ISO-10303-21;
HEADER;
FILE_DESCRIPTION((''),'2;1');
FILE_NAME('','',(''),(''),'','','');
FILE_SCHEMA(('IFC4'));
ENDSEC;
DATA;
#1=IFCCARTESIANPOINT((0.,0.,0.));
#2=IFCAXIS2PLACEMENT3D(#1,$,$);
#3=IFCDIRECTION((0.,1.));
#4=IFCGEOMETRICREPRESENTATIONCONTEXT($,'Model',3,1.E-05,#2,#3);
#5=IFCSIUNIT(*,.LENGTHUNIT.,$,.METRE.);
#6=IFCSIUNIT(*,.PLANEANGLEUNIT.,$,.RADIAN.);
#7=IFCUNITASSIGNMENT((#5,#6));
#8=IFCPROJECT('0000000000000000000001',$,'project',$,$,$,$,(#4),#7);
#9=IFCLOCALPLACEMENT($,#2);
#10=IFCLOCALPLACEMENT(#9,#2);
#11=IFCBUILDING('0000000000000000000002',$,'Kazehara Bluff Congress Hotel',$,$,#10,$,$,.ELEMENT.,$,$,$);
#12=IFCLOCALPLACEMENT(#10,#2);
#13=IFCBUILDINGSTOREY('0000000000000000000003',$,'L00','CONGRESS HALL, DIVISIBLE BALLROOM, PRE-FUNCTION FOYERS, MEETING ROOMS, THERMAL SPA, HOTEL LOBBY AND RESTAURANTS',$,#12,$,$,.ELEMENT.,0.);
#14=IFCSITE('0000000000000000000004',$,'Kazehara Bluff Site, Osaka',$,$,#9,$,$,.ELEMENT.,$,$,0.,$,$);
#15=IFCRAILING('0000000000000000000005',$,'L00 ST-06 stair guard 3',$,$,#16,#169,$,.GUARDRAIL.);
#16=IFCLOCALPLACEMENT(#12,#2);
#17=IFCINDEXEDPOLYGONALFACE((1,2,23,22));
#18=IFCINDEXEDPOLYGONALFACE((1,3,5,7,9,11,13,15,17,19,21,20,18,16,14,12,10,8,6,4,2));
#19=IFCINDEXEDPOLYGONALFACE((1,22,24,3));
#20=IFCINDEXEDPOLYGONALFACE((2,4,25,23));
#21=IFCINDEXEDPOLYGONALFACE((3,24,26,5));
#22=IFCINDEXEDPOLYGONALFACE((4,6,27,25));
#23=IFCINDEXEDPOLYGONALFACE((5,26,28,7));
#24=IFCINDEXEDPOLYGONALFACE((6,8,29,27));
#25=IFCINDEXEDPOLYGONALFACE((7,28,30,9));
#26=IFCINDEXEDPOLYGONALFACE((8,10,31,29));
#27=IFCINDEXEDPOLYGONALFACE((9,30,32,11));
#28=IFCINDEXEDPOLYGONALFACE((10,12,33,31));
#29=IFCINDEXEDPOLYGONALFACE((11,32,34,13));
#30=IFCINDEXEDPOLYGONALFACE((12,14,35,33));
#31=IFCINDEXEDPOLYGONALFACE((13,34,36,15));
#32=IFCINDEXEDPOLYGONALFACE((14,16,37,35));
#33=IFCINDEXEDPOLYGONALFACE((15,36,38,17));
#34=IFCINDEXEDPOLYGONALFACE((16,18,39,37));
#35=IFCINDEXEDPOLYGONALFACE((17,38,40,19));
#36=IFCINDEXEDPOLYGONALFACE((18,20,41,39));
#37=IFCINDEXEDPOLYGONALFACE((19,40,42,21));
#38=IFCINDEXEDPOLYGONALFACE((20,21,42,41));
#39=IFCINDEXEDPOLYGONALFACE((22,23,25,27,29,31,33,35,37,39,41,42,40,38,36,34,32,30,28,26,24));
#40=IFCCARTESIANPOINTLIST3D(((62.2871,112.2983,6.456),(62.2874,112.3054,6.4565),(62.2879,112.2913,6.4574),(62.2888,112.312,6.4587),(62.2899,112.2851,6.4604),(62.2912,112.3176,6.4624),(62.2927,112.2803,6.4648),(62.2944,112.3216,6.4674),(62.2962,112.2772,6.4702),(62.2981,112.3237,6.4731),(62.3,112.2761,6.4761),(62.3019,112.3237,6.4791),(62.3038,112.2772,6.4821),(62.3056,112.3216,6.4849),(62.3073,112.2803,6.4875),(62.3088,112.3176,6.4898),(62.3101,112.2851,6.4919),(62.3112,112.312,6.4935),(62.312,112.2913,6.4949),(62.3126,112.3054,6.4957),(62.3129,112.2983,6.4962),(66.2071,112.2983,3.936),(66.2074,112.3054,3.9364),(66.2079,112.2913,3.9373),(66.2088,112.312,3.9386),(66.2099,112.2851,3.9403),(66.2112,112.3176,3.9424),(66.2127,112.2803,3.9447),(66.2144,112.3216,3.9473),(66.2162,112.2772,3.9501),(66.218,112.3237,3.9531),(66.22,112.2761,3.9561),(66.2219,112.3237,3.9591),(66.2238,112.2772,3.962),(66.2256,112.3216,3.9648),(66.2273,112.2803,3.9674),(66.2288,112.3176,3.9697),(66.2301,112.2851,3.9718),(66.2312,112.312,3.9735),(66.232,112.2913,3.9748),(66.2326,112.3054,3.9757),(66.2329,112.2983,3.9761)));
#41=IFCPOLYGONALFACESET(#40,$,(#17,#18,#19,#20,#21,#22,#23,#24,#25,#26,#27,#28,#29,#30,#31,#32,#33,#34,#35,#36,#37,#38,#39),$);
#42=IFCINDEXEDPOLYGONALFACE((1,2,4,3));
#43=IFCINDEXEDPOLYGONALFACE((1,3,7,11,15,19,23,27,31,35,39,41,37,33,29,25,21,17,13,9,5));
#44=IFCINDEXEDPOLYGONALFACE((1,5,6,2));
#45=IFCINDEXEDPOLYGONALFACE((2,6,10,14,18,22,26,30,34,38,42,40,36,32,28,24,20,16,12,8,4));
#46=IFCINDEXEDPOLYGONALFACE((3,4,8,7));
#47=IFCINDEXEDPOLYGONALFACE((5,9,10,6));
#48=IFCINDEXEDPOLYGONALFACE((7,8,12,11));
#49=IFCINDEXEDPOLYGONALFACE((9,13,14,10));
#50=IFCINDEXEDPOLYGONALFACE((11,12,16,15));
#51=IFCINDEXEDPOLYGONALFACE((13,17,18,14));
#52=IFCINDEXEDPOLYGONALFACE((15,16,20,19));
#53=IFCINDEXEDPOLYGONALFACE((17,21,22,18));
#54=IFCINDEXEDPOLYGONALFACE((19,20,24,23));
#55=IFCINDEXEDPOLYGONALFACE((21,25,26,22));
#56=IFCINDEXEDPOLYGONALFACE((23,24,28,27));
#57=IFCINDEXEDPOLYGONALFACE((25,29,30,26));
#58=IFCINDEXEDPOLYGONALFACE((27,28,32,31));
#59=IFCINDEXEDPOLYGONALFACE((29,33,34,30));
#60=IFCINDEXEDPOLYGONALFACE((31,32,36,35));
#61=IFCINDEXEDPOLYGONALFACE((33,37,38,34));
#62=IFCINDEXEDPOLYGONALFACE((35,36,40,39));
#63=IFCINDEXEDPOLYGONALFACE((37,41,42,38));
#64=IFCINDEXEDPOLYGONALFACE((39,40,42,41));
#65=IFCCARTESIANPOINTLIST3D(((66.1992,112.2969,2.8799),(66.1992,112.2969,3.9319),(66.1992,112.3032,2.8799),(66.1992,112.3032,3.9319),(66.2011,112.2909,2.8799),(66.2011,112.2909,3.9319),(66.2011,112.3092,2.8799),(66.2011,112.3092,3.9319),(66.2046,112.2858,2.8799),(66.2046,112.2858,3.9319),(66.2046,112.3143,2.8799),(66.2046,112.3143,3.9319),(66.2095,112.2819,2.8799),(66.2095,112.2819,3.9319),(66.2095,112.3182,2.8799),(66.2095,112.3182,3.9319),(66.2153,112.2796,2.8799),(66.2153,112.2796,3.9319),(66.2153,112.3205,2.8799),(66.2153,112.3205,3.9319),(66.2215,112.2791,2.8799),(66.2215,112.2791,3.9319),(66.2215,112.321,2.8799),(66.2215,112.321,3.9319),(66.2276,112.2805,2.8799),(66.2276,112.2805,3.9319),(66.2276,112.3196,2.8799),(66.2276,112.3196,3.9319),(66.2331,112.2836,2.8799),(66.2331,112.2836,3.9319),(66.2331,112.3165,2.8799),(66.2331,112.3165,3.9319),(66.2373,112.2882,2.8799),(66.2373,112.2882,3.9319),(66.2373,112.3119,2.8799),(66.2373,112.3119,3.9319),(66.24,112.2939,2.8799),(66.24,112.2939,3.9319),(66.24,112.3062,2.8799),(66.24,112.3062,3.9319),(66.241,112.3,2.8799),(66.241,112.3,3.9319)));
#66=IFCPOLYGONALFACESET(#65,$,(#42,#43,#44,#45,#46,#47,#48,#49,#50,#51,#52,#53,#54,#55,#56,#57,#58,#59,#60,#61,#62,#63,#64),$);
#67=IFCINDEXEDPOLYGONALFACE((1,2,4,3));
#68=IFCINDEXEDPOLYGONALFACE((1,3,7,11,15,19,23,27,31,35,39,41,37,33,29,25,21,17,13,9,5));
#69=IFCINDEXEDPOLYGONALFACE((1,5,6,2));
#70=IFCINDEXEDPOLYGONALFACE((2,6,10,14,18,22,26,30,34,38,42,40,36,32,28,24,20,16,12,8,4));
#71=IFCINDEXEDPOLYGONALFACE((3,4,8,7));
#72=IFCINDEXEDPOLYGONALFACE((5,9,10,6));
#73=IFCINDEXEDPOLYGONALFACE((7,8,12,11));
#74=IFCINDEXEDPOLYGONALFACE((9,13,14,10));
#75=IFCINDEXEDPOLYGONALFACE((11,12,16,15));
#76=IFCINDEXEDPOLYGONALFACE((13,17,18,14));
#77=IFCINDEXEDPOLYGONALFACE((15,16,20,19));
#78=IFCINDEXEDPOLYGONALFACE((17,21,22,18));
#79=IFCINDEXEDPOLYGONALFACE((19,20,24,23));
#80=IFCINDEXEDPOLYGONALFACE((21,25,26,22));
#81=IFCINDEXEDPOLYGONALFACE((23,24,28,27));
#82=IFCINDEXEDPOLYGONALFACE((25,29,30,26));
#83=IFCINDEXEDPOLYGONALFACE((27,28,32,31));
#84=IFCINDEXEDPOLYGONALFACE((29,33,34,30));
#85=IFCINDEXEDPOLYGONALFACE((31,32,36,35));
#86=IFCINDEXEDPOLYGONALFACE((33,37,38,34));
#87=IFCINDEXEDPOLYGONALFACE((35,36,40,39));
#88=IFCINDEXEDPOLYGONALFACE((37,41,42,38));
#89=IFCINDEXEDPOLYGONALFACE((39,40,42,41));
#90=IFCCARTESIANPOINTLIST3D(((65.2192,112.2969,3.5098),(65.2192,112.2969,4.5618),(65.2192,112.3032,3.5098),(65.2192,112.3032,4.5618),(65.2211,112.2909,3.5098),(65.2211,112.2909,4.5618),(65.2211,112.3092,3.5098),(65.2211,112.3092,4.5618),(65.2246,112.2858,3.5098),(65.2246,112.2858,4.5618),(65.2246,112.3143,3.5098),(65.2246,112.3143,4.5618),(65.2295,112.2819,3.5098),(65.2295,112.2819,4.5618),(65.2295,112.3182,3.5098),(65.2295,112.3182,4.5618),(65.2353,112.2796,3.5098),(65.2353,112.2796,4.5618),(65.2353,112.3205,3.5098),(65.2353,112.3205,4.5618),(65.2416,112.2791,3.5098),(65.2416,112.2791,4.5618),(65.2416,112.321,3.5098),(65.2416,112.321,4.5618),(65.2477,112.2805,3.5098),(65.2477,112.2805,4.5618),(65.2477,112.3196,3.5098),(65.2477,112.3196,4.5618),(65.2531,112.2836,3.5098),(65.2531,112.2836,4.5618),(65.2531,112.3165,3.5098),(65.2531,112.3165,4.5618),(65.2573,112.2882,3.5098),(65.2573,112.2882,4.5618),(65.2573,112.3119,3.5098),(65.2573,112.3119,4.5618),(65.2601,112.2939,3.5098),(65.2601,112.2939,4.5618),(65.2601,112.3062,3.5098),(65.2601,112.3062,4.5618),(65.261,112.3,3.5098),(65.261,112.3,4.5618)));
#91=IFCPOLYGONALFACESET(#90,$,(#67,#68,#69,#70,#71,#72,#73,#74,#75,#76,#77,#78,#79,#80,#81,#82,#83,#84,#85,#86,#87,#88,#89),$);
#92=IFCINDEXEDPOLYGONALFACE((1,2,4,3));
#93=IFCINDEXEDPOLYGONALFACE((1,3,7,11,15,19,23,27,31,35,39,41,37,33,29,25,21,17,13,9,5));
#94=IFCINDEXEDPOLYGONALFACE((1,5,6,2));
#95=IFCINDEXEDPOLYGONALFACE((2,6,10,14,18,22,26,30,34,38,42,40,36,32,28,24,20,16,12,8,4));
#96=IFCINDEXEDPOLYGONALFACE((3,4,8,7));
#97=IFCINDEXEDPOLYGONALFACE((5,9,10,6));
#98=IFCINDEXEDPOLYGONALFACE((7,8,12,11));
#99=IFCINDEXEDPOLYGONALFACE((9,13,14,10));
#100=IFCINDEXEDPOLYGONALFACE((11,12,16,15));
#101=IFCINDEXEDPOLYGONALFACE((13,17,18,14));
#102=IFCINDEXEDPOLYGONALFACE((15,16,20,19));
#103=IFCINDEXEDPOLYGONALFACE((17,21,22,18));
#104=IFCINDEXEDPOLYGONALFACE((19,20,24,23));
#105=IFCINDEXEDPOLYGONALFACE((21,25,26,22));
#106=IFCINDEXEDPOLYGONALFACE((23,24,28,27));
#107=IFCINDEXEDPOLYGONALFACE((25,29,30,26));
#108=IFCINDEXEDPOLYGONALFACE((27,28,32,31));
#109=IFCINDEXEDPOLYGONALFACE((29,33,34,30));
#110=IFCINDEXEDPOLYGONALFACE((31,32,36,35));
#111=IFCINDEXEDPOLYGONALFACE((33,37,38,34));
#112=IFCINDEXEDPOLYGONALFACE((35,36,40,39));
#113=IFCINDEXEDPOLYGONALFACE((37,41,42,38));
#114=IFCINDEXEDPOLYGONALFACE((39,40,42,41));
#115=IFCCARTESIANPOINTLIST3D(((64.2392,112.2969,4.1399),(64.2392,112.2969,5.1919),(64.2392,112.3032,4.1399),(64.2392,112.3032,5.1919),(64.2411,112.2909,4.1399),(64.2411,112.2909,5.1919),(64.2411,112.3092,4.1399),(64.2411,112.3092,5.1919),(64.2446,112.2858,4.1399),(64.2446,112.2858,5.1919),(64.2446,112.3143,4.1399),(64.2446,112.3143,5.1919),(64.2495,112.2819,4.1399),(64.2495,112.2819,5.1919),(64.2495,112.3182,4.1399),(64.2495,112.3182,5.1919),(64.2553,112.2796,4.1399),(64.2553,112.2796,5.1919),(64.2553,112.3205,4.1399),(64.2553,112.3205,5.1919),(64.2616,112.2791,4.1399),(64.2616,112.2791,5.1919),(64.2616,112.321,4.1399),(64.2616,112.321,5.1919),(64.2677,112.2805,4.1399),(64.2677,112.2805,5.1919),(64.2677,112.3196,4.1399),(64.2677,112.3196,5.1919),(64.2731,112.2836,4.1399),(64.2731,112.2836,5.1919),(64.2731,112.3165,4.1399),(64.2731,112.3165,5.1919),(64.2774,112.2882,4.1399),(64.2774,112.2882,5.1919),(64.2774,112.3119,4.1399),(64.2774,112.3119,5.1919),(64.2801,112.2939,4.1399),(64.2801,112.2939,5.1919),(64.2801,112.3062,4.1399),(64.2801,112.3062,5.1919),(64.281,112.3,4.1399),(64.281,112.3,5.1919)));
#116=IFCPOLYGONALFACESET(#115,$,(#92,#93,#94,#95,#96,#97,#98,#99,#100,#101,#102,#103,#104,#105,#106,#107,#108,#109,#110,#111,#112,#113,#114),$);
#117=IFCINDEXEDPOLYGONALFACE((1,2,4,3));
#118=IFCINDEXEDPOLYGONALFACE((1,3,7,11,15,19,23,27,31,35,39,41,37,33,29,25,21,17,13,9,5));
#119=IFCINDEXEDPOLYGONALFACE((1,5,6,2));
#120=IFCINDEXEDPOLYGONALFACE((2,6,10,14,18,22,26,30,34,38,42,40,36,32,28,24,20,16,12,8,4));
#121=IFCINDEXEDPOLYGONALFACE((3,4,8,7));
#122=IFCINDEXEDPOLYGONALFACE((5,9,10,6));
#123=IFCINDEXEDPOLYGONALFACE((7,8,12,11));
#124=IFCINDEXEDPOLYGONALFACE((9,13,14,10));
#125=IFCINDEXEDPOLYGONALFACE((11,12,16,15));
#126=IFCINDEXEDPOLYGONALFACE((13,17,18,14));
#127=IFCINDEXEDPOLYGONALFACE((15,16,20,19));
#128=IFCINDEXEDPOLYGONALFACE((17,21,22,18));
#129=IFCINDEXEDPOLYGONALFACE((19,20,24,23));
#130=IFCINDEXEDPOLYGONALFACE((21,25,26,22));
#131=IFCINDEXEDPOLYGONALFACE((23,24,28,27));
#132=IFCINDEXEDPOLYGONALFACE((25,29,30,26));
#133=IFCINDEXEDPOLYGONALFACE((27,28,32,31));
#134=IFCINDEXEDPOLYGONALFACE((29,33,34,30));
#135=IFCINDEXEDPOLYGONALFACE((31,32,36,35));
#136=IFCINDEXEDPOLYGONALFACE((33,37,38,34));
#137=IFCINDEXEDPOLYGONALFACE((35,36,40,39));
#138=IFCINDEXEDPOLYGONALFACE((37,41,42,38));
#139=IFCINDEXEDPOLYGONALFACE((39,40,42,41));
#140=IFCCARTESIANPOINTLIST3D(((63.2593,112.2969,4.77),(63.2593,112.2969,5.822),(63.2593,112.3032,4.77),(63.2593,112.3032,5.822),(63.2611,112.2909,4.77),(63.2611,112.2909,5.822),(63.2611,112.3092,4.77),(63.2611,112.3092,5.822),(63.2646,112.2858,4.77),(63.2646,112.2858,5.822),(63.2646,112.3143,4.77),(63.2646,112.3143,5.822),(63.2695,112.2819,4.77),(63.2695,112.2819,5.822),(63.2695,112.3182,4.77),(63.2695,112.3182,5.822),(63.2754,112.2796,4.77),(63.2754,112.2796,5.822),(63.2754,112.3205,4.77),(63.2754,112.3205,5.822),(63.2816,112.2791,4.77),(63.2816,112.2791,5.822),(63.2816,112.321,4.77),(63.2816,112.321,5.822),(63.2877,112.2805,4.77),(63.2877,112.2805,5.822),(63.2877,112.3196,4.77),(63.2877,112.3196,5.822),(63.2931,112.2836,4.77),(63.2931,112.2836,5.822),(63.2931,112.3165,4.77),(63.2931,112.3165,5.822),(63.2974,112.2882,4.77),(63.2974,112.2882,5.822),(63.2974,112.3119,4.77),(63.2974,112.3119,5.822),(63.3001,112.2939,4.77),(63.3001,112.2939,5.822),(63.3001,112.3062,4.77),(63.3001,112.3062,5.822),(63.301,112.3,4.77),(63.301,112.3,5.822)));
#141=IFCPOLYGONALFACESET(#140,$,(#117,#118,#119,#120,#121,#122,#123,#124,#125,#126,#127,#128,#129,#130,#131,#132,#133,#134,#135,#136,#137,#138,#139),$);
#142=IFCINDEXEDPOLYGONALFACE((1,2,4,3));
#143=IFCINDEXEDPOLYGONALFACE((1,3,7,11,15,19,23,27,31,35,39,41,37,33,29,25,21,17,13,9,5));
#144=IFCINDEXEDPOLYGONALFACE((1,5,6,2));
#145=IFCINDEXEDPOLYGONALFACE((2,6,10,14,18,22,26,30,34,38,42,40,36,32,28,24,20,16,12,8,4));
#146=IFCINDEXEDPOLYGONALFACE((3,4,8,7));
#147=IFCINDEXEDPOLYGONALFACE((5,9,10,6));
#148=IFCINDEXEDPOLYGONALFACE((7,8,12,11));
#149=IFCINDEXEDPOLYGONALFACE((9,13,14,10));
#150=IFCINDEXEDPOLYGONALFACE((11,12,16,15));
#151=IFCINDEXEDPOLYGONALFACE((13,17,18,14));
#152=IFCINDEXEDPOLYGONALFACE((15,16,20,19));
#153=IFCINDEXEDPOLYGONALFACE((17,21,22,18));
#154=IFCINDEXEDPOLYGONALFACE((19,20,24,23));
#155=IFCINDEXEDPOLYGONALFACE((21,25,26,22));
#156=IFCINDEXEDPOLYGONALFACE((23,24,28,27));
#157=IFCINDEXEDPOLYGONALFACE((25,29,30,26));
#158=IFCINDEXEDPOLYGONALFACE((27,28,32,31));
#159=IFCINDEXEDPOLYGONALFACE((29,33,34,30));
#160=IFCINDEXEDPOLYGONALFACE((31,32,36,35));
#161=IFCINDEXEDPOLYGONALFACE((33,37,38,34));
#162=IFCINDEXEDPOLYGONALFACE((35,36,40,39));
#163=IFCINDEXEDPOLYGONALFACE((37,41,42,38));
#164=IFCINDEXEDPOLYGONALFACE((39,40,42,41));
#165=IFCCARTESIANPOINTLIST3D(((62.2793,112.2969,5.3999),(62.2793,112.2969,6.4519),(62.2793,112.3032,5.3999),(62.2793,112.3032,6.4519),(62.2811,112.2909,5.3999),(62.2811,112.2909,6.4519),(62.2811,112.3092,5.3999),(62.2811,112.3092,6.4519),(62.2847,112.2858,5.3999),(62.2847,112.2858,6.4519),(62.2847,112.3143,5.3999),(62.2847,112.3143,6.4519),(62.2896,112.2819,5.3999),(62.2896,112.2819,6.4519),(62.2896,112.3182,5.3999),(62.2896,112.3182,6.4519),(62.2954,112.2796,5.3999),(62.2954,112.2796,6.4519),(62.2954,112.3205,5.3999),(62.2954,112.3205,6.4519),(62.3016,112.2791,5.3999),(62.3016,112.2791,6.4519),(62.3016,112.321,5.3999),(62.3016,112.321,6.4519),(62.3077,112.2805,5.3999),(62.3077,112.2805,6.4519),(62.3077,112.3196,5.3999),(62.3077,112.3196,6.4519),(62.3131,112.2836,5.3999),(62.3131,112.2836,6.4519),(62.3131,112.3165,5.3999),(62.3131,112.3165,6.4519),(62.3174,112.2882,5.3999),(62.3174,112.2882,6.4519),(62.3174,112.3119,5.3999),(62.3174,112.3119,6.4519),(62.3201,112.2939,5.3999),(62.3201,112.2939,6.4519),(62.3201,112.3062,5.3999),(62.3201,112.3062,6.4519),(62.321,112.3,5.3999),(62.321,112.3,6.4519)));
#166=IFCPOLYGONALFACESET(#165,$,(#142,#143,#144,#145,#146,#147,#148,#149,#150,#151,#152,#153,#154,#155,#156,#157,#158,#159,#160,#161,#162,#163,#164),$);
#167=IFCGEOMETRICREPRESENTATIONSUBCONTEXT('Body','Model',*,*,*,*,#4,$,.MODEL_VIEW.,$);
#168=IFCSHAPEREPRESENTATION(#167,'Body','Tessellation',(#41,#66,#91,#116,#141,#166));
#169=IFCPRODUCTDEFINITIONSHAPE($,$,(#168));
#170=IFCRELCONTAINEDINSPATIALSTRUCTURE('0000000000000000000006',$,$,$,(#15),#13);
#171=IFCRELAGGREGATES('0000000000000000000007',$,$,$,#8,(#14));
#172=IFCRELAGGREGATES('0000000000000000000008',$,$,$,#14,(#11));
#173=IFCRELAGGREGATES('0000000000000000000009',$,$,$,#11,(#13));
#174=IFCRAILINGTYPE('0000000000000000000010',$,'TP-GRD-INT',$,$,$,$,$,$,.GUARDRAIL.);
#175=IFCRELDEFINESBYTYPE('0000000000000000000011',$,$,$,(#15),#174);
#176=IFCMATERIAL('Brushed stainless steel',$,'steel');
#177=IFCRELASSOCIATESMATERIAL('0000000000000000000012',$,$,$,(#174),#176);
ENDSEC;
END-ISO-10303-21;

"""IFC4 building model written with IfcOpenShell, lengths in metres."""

from ifc_helpers import new_model, si_unit, direction, frame, origin, origin_2d, place, context, subcontext, project, spatial, circle, extrude, material, type_object, element, save


model = new_model("IFC4")

# Units and contexts
model_context = context("Model", 3, precision=1e-05, world=origin(), true_north=direction((0.0, 1.0)))
body_context = subcontext(model_context, "Body", "Model", "MODEL_VIEW")
ifc_project = project(units=[si_unit("LENGTHUNIT", "METRE"), si_unit("PLANEANGLEUNIT", "RADIAN")], contexts=[model_context])

# Site, building, storey
site_placement = place(None, origin())
site = spatial("IfcSite", under=ifc_project, at=site_placement, Name="Kazehara Bluff Site, Osaka", CompositionType="ELEMENT", RefElevation=0.0)
building_placement = place(site_placement, origin())
building = spatial("IfcBuilding", under=site, at=building_placement, Name="Kazehara Bluff Congress Hotel", CompositionType="ELEMENT")
storey_placement = place(building_placement, origin())
storey = spatial("IfcBuildingStorey", under=building, at=storey_placement, Name="L00", Description="CONGRESS HALL, DIVISIBLE BALLROOM, PRE-FUNCTION FOYERS, MEETING ROOMS, THERMAL SPA, HOTEL LOBBY AND RESTAURANTS", CompositionType="ELEMENT", Elevation=0.0)

# Railing
ifc_material_1 = material(Name="Brushed stainless steel", Category="steel")
railing_type_1 = type_object("IfcRailingType", Name="TP-GRD-INT", PredefinedType="GUARDRAIL", material=ifc_material_1)
railing_1_placement = place(storey_placement, frame((66.22, 112.3, 2.8799)))
element("IfcRailing", 1, at=railing_1_placement, inside=storey, type_object=railing_type_1, Name="L00 ST-06 stair guard 3", PredefinedType="GUARDRAIL", context=body_context, shape_type="SweptSolid", body=[
    extrude(circle(Radius=0.0239, at=origin_2d()), frame((0.0, 0.0, 1.0762), z_axis=(-0.841172, 0.0, 0.540768), x_axis=(0.0, -1.0, 0.0)), (0.0, 0.0, 1.0), 4.6602),
    extrude(circle(Radius=0.021, at=origin_2d()), origin(), (0.0, 0.0, 1.0), 1.052),
    extrude(circle(Radius=0.021, at=origin_2d()), frame((-0.98, 0.0, 0.6299)), (0.0, 0.0, 1.0), 1.052),
    extrude(circle(Radius=0.021, at=origin_2d()), frame((-1.96, 0.0, 1.26)), (0.0, 0.0, 1.0), 1.052),
    extrude(circle(Radius=0.021, at=origin_2d()), frame((-2.9399, 0.0, 1.8901)), (0.0, 0.0, 1.0), 1.052),
    extrude(circle(Radius=0.021, at=origin_2d()), frame((-3.9199, 0.0, 2.52)), (0.0, 0.0, 1.0), 1.052),
])

save(model, "model.ifc")
